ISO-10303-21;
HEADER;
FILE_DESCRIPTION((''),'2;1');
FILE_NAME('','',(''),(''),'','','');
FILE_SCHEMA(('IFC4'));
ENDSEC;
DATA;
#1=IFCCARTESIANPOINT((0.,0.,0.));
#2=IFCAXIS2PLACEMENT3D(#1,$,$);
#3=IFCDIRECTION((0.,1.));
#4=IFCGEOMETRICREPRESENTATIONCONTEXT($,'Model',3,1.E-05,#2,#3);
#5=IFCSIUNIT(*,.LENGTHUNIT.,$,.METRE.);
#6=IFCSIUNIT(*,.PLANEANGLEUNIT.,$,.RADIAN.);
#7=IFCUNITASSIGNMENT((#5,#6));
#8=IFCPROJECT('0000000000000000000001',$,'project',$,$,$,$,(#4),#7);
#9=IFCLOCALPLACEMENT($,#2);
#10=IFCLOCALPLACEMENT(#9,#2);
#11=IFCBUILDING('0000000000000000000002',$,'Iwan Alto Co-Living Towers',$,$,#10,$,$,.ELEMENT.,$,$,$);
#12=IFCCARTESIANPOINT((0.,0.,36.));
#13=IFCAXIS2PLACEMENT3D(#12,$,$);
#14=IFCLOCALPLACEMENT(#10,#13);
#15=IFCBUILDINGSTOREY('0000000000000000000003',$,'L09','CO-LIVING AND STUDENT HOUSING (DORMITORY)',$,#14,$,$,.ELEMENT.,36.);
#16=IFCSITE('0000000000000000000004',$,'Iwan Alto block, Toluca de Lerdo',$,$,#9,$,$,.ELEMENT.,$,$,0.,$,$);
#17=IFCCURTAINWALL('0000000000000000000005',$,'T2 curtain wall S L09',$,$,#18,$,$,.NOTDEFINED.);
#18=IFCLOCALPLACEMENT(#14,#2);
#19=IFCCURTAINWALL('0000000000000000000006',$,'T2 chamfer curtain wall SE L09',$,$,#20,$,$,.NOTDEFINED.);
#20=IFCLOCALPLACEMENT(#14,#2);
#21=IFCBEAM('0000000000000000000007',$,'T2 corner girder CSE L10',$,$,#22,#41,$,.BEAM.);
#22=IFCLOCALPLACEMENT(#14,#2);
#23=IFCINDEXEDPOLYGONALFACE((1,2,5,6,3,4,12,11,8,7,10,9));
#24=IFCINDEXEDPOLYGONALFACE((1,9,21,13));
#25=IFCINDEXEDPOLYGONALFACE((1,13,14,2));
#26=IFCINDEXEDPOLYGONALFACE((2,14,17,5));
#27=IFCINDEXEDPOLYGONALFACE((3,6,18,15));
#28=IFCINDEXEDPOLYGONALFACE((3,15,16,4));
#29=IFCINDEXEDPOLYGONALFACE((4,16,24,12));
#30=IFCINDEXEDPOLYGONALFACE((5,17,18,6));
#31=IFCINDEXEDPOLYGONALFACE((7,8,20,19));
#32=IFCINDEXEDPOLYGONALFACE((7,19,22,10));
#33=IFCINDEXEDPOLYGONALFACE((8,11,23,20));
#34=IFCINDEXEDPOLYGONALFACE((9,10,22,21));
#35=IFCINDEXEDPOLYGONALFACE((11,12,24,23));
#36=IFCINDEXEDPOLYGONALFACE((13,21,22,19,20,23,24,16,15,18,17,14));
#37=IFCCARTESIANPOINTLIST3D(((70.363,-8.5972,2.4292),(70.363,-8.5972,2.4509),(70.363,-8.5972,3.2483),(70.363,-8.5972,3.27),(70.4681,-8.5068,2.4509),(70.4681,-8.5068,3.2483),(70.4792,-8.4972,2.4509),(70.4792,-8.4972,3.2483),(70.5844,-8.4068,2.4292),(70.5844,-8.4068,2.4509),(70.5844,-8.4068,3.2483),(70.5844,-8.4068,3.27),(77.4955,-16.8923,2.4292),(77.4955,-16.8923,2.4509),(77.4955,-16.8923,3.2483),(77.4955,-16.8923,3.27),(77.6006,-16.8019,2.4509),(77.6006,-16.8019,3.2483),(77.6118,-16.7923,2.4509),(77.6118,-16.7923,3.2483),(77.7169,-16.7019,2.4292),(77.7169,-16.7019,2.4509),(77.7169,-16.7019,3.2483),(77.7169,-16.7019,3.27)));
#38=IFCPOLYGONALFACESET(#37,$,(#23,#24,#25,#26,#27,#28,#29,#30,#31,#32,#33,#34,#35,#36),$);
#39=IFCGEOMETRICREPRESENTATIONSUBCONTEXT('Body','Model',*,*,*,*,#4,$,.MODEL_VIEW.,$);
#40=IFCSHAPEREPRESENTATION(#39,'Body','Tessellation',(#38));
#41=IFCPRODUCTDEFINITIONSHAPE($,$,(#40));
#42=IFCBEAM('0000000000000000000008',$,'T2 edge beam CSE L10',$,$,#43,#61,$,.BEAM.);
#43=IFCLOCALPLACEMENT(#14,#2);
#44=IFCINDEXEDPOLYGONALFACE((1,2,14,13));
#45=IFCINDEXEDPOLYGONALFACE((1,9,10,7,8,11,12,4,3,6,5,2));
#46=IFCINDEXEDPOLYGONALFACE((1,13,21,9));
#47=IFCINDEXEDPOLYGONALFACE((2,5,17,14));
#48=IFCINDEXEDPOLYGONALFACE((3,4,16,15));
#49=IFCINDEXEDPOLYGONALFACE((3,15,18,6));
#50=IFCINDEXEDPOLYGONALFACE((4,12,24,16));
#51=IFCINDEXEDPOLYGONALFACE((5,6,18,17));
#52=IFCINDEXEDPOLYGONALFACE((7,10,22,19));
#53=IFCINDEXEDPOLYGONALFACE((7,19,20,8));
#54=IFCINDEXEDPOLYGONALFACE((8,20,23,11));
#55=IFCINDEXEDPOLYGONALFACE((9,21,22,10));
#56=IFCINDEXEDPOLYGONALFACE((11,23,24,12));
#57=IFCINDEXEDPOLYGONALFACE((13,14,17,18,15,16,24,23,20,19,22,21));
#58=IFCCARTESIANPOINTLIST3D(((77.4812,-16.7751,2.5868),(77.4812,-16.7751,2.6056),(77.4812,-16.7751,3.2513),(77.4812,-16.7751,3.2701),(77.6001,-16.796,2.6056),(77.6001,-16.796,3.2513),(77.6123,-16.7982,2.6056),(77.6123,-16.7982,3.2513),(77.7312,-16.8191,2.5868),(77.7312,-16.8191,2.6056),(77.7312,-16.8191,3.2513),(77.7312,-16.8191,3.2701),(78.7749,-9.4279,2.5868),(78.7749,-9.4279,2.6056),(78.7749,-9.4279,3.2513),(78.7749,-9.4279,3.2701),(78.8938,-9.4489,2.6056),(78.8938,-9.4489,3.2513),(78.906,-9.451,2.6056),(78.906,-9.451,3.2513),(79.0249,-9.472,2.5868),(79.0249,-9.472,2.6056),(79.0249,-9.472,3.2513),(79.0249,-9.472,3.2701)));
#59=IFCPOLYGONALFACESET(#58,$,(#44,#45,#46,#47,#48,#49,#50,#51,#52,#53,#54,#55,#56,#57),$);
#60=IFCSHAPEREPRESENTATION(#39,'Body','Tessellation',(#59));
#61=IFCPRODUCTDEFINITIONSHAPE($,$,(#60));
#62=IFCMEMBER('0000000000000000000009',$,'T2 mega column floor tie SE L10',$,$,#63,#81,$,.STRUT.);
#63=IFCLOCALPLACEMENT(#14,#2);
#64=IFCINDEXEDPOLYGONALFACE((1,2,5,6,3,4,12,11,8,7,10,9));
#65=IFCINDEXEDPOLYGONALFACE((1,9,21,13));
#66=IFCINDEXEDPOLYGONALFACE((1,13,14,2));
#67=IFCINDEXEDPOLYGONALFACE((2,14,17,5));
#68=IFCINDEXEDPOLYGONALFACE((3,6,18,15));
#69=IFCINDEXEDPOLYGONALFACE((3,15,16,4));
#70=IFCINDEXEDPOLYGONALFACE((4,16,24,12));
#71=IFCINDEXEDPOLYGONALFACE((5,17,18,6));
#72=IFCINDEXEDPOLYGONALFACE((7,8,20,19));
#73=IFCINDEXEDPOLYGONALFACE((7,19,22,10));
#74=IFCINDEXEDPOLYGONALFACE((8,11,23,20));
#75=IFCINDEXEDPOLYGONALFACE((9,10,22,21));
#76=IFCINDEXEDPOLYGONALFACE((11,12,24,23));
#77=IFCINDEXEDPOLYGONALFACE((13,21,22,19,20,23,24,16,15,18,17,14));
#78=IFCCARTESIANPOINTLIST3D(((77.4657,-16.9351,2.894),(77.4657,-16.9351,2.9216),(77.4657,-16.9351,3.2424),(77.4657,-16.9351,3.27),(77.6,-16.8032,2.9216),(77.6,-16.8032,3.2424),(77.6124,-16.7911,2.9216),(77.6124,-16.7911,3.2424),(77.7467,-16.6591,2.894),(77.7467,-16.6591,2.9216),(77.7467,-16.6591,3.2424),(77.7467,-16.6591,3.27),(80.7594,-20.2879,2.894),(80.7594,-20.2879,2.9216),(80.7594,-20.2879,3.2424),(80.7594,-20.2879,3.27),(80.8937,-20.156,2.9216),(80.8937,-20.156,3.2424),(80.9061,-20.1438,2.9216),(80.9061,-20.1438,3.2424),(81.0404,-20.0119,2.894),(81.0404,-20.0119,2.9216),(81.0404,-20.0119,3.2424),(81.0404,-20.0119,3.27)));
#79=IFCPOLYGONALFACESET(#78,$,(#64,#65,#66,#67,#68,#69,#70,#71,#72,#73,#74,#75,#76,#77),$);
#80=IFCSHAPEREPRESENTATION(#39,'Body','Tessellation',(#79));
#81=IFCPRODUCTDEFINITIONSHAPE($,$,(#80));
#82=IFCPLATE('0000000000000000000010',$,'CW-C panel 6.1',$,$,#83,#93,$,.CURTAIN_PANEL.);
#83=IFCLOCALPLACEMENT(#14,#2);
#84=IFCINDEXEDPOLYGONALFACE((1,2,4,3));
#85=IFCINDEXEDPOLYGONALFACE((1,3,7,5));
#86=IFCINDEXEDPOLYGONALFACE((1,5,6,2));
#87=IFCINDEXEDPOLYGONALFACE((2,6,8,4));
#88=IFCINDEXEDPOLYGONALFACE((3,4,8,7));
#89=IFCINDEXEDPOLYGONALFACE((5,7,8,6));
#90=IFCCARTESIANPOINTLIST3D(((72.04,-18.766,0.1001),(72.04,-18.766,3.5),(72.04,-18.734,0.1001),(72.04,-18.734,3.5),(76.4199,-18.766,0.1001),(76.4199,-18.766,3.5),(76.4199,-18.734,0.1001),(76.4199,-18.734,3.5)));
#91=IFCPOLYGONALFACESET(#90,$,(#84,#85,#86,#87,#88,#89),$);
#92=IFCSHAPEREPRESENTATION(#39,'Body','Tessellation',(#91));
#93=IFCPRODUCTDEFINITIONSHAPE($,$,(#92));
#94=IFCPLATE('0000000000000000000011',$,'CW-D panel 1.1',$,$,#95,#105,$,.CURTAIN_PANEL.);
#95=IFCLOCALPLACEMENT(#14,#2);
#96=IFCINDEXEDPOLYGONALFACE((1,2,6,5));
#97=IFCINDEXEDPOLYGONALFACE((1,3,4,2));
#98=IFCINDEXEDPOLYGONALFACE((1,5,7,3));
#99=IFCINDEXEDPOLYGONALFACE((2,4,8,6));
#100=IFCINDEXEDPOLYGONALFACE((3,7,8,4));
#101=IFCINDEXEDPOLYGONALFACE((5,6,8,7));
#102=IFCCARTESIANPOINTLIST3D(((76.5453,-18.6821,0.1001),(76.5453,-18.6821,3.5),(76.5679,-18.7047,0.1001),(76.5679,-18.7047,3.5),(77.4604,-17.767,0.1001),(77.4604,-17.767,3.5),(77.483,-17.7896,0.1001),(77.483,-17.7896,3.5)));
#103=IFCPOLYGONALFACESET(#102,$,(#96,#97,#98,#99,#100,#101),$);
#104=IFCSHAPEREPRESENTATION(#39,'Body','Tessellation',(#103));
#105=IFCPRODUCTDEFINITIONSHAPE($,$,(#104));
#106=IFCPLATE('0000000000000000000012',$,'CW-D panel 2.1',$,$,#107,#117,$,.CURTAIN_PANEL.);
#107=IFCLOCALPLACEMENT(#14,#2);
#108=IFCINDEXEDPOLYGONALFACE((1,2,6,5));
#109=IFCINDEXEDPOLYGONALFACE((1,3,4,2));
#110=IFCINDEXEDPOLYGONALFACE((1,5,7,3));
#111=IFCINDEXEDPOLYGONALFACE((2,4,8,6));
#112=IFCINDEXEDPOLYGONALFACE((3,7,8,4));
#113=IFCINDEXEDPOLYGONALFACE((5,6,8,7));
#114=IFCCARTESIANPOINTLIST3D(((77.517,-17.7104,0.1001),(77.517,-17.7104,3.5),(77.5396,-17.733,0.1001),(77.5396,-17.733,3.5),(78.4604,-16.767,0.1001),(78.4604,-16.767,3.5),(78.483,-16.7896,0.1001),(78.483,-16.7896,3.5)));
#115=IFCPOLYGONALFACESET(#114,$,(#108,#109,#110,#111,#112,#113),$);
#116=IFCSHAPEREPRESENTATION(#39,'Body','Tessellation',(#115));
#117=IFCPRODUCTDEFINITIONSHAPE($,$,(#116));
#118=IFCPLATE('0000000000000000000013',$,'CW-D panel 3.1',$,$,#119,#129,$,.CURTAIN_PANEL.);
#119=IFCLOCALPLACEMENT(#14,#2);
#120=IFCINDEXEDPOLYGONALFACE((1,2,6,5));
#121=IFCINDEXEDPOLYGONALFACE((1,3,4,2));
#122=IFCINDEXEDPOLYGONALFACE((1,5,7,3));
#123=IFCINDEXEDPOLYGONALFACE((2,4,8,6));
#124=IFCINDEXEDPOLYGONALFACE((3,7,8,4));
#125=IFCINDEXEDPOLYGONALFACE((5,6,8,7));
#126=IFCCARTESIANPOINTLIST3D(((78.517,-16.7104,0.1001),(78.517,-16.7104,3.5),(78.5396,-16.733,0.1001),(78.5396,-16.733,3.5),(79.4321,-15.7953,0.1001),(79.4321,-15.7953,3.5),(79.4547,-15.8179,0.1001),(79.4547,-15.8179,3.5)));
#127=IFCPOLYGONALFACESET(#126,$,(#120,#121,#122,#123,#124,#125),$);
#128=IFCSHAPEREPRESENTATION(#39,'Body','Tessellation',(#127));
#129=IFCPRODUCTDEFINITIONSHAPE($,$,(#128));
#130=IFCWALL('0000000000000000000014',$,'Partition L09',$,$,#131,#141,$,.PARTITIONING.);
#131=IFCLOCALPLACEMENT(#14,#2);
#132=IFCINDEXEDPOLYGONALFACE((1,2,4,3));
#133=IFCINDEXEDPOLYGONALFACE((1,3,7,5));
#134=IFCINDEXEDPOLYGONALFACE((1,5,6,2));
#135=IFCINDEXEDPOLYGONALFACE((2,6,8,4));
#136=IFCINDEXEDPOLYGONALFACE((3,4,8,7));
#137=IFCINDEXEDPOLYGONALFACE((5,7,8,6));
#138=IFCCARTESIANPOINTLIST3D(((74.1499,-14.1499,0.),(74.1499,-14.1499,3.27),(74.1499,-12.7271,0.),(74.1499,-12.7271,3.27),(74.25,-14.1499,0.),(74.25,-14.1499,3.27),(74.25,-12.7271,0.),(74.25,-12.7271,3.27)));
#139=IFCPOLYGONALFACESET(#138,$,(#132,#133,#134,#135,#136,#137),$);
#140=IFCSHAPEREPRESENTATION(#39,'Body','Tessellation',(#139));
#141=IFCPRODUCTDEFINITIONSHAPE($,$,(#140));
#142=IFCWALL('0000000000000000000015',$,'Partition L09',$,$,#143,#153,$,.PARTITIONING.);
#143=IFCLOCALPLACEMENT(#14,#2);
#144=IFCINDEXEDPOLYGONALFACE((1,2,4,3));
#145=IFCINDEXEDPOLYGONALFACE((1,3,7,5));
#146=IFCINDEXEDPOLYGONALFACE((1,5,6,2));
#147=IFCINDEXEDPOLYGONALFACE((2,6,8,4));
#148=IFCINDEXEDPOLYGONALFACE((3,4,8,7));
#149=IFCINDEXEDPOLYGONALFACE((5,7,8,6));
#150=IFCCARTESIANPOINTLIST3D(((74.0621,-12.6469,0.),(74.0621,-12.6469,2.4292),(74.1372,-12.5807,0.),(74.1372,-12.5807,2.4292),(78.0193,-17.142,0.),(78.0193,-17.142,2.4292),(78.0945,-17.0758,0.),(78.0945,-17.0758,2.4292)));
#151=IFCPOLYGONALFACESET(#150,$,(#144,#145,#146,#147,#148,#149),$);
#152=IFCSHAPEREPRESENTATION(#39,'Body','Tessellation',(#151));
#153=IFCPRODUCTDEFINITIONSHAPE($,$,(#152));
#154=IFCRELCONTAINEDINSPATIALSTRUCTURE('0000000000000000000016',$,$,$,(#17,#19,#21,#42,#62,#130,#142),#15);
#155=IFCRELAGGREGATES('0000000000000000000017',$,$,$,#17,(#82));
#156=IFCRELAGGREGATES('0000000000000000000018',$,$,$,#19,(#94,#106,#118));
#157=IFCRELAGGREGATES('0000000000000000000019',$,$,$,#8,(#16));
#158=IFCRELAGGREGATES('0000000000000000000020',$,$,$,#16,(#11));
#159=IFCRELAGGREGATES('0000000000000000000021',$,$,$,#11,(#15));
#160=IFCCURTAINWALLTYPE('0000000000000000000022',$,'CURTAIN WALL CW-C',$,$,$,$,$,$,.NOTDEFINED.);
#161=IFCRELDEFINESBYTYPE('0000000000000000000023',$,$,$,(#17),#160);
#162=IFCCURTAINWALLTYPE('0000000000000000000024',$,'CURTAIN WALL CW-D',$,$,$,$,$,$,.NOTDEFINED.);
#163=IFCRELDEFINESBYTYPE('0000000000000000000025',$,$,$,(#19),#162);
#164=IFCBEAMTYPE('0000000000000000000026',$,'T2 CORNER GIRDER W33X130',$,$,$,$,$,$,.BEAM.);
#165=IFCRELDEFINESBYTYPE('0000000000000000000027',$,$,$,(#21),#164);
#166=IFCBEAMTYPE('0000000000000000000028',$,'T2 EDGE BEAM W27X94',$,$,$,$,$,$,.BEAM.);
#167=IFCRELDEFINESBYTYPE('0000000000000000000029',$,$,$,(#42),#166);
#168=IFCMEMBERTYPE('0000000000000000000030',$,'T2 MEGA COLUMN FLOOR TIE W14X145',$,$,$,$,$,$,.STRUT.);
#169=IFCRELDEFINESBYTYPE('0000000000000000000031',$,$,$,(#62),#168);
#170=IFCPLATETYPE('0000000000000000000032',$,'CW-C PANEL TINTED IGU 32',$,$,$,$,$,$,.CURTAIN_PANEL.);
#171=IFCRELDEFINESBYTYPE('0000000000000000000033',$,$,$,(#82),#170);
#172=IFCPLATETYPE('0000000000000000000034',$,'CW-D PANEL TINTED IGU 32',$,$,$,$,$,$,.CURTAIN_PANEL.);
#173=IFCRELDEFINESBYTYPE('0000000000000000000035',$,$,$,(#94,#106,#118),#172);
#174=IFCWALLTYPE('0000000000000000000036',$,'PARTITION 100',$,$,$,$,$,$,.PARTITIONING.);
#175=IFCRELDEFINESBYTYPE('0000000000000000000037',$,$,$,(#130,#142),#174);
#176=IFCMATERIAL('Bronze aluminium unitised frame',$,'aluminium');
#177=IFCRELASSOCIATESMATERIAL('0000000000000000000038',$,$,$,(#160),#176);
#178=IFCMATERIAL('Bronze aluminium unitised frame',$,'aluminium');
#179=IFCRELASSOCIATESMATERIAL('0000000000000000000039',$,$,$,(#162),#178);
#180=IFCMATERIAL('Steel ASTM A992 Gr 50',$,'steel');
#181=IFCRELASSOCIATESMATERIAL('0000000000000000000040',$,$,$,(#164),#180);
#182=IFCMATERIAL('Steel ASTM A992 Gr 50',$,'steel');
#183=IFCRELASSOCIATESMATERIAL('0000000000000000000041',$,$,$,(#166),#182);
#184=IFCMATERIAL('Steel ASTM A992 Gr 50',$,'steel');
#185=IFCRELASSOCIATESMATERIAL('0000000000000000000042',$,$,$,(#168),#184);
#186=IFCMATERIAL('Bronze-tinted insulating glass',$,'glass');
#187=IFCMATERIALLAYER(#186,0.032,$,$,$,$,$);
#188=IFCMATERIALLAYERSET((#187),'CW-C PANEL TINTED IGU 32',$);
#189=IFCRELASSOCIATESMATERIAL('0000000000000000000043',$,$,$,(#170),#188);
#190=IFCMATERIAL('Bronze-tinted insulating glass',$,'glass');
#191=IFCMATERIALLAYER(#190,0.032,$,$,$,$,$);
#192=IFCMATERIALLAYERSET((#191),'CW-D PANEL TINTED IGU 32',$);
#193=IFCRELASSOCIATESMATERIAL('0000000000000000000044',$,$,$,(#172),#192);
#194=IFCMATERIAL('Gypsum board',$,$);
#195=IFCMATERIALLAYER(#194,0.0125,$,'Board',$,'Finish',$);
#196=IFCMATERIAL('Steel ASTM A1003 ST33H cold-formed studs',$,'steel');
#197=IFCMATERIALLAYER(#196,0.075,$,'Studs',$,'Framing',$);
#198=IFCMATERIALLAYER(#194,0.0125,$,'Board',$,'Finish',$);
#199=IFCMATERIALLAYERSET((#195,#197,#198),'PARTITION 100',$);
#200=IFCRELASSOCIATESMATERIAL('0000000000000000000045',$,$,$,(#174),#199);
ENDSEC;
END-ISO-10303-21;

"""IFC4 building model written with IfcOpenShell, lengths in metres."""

from ifc_helpers import new_model, si_unit, direction, frame, frame_2d, origin, origin_2d, place, context, subcontext, project, spatial, rectangle, i_section, extrude, material, layer, layer_set, material_profile, profile_set, type_object, element, aggregate, save


model = new_model("IFC4")

# Units and contexts
model_context = context("Model", 3, precision=1e-05, world=origin(), true_north=direction((0.0, 1.0)))
body_context = subcontext(model_context, "Body", "Model", "MODEL_VIEW")
ifc_project = project(units=[si_unit("LENGTHUNIT", "METRE"), si_unit("PLANEANGLEUNIT", "RADIAN")], contexts=[model_context])

# Site, building, storey
site_placement = place(None, origin())
site = spatial("IfcSite", under=ifc_project, at=site_placement, Name="Iwan Alto block, Toluca de Lerdo", CompositionType="ELEMENT", RefElevation=0.0)
building_placement = place(site_placement, origin())
building = spatial("IfcBuilding", under=site, at=building_placement, Name="Iwan Alto Co-Living Towers", CompositionType="ELEMENT")
storey_placement = place(building_placement, frame((0.0, 0.0, 36.0)))
storey = spatial("IfcBuildingStorey", under=building, at=storey_placement, Name="L09", Description="CO-LIVING AND STUDENT HOUSING (DORMITORY)", CompositionType="ELEMENT", Elevation=36.0)

# Curtain wall
ifc_material_1 = material(Name="Bronze aluminium unitised frame", Category="aluminium")
curtain_wall_type_1 = type_object("IfcCurtainWallType", Name="CURTAIN WALL CW-C", PredefinedType="NOTDEFINED", material=ifc_material_1)
curtain_wall_1_placement = place(storey_placement, origin())
curtain_wall_1 = element("IfcCurtainWall", 1, at=curtain_wall_1_placement, inside=storey, type_object=curtain_wall_type_1, Name="T2 curtain wall S L09", PredefinedType="NOTDEFINED")

# Curtain wall
ifc_material_2 = material(Name="Bronze aluminium unitised frame", Category="aluminium")
curtain_wall_type_2 = type_object("IfcCurtainWallType", Name="CURTAIN WALL CW-D", PredefinedType="NOTDEFINED", material=ifc_material_2)
curtain_wall_2_placement = place(storey_placement, origin())
curtain_wall_2 = element("IfcCurtainWall", 2, at=curtain_wall_2_placement, inside=storey, type_object=curtain_wall_type_2, Name="T2 chamfer curtain wall SE L09", PredefinedType="NOTDEFINED")

# Beams
ifc_material_3 = material(Name="Steel ASTM A992 Gr 50", Category="steel")
ifc_material_profile_1 = material_profile(ifc_material_3, i_section(OverallWidth=0.292, OverallDepth=0.8408, WebThickness=0.0146, FlangeThickness=0.0217, at=origin_2d()), Name="W33X130")
ifc_profile_set_1 = profile_set([ifc_material_profile_1], Name="Steel ASTM A992 Gr 50")
beam_type_1 = type_object("IfcBeamType", Name="T2 CORNER GIRDER W33X130", PredefinedType="BEAM", material=ifc_profile_set_1)
beam_1_placement = place(storey_placement, frame((77.6062, -16.7971, 2.8496), z_axis=(-0.651972, 0.758243, 0.0), x_axis=(-0.758243, -0.651972, 0.0)))
element("IfcBeam", 3, at=beam_1_placement, inside=storey, type_object=beam_type_1, Name="T2 corner girder CSE L10", PredefinedType="BEAM", context=body_context, shape_type="SweptSolid", body=[
    extrude(i_section(OverallWidth=0.292, OverallDepth=0.8408, WebThickness=0.0146, FlangeThickness=0.0217, at=origin_2d()), origin(), (0.0, 0.0, 1.0), 10.9399),
])
ifc_material_4 = material(Name="Steel ASTM A992 Gr 50", Category="steel")
ifc_material_profile_2 = material_profile(ifc_material_4, i_section(OverallWidth=0.2539, OverallDepth=0.6833, WebThickness=0.0125, FlangeThickness=0.0188, at=origin_2d()), Name="W27X94")
ifc_profile_set_2 = profile_set([ifc_material_profile_2], Name="Steel ASTM A992 Gr 50")
beam_type_2 = type_object("IfcBeamType", Name="T2 EDGE BEAM W27X94", PredefinedType="BEAM", material=ifc_profile_set_2)
beam_2_placement = place(storey_placement, frame((77.6062, -16.7971, 2.9285), z_axis=(0.173414, 0.984849, 0.0), x_axis=(-0.984849, 0.173414, 0.0)))
element("IfcBeam", 4, at=beam_2_placement, inside=storey, type_object=beam_type_2, Name="T2 edge beam CSE L10", PredefinedType="BEAM", context=body_context, shape_type="SweptSolid", body=[
    extrude(i_section(OverallWidth=0.2539, OverallDepth=0.6833, WebThickness=0.0125, FlangeThickness=0.0188, at=origin_2d()), origin(), (0.0, 0.0, 1.0), 7.4602),
])

# Member
ifc_material_5 = material(Name="Steel ASTM A992 Gr 50", Category="steel")
ifc_material_profile_3 = material_profile(ifc_material_5, i_section(OverallWidth=0.3938, OverallDepth=0.376, WebThickness=0.0173, FlangeThickness=0.0276, at=origin_2d()), Name="W14X145")
ifc_profile_set_3 = profile_set([ifc_material_profile_3], Name="Steel ASTM A992 Gr 50")
member_type_1 = type_object("IfcMemberType", Name="T2 MEGA COLUMN FLOOR TIE W14X145", PredefinedType="STRUT", material=ifc_profile_set_3)
member_1_placement = place(storey_placement, frame((80.8999, -20.1499, 3.082), z_axis=(-0.700793, 0.713364, 0.0), x_axis=(-0.713364, -0.700793, 0.0)))
element("IfcMember", 5, at=member_1_placement, inside=storey, type_object=member_type_1, Name="T2 mega column floor tie SE L10", PredefinedType="STRUT", context=body_context, shape_type="SweptSolid", body=[
    extrude(i_section(OverallWidth=0.3938, OverallDepth=0.376, WebThickness=0.0173, FlangeThickness=0.0276, at=origin_2d()), origin(), (0.0, 0.0, 1.0), 4.7),
])

# Plates
ifc_material_6 = material(Name="Bronze-tinted insulating glass", Category="glass")
ifc_layer_1 = layer(ifc_material_6, 0.032)
ifc_layer_set_1 = layer_set([ifc_layer_1], Name="CW-C PANEL TINTED IGU 32")
plate_type_1 = type_object("IfcPlateType", Name="CW-C PANEL TINTED IGU 32", PredefinedType="CURTAIN_PANEL", material=ifc_layer_set_1)
plate_1_placement = place(storey_placement, frame((74.23, -18.75, 0.1001), z_axis=(0.0, 0.0, 1.0), x_axis=(1.0, 0.0, 0.0)))
plate_1 = element("IfcPlate", 6, at=plate_1_placement, type_object=plate_type_1, Name="CW-C panel 6.1", PredefinedType="CURTAIN_PANEL", context=body_context, shape_type="SweptSolid", body=[
    extrude(rectangle(XDim=4.3799, YDim=0.032, at=origin_2d()), origin(), (0.0, 0.0, 1.0), 3.3999),
])
aggregate(curtain_wall_1, [plate_1])
ifc_material_7 = material(Name="Bronze-tinted insulating glass", Category="glass")
ifc_layer_2 = layer(ifc_material_7, 0.032)
ifc_layer_set_2 = layer_set([ifc_layer_2], Name="CW-D PANEL TINTED IGU 32")
plate_type_2 = type_object("IfcPlateType", Name="CW-D PANEL TINTED IGU 32", PredefinedType="CURTAIN_PANEL", material=ifc_layer_set_2)
plate_2_placement = place(storey_placement, frame((77.0142, -18.2358, 0.1001), z_axis=(0.0, 0.0, 1.0), x_axis=(0.707107, 0.707107, 0.0)))
plate_2 = element("IfcPlate", 7, at=plate_2_placement, type_object=plate_type_2, Name="CW-D panel 1.1", PredefinedType="CURTAIN_PANEL", context=body_context, shape_type="SweptSolid", body=[
    extrude(rectangle(XDim=1.2942, YDim=0.032, at=origin_2d()), origin(), (0.0, 0.0, 1.0), 3.3999),
])
plate_3_placement = place(storey_placement, frame((78.0, -17.25, 0.1001), z_axis=(0.0, 0.0, 1.0), x_axis=(0.707107, 0.707107, 0.0)))
plate_3 = element("IfcPlate", 8, at=plate_3_placement, type_object=plate_type_2, Name="CW-D panel 2.1", PredefinedType="CURTAIN_PANEL", context=body_context, shape_type="SweptSolid", body=[
    extrude(rectangle(XDim=1.3342, YDim=0.032, at=origin_2d()), origin(), (0.0, 0.0, 1.0), 3.3999),
])
plate_4_placement = place(storey_placement, frame((78.9858, -16.2642, 0.1001), z_axis=(0.0, 0.0, 1.0), x_axis=(0.707107, 0.707107, 0.0)))
plate_4 = element("IfcPlate", 9, at=plate_4_placement, type_object=plate_type_2, Name="CW-D panel 3.1", PredefinedType="CURTAIN_PANEL", context=body_context, shape_type="SweptSolid", body=[
    extrude(rectangle(XDim=1.2942, YDim=0.032, at=origin_2d()), origin(), (0.0, 0.0, 1.0), 3.3999),
])
aggregate(curtain_wall_2, [plate_2, plate_3, plate_4])

# Walls
ifc_material_8 = material(Name="Gypsum board")
ifc_layer_3 = layer(ifc_material_8, 0.0125, Name="Board", Category="Finish")
ifc_material_9 = material(Name="Steel ASTM A1003 ST33H cold-formed studs", Category="steel")
ifc_layer_4 = layer(ifc_material_9, 0.075, Name="Studs", Category="Framing")
ifc_layer_5 = layer(ifc_material_8, 0.0125, Name="Board", Category="Finish")
ifc_layer_set_3 = layer_set([ifc_layer_3, ifc_layer_4, ifc_layer_5], Name="PARTITION 100")
wall_type = type_object("IfcWallType", Name="PARTITION 100", PredefinedType="PARTITIONING", material=ifc_layer_set_3)
wall_1_placement = place(storey_placement, frame((74.2, -14.1499, 0.0), z_axis=(0.0, 0.0, 1.0), x_axis=(0.0, 1.0, 0.0)))
element("IfcWall", 10, at=wall_1_placement, inside=storey, type_object=wall_type, Name="Partition L09", PredefinedType="PARTITIONING", context=body_context, shape_type="SweptSolid", body=[
    extrude(rectangle(XDim=1.4229, YDim=0.1001, at=frame_2d((0.7114, 0.0))), origin(), (0.0, 0.0, 1.0), 3.27),
])
wall_2_placement = place(storey_placement, frame((78.0569, -17.1089, 0.0), z_axis=(0.0, 0.0, 1.0), x_axis=(-0.660776, 0.750583, 0.0)))
element("IfcWall", 11, at=wall_2_placement, inside=storey, type_object=wall_type, Name="Partition L09", PredefinedType="PARTITIONING", context=body_context, shape_type="SweptSolid", body=[
    extrude(rectangle(XDim=5.9888, YDim=0.1001, at=frame_2d((2.9944, 0.0))), origin(), (0.0, 0.0, 1.0), 2.4292),
])

save(model, "model.ifc")
